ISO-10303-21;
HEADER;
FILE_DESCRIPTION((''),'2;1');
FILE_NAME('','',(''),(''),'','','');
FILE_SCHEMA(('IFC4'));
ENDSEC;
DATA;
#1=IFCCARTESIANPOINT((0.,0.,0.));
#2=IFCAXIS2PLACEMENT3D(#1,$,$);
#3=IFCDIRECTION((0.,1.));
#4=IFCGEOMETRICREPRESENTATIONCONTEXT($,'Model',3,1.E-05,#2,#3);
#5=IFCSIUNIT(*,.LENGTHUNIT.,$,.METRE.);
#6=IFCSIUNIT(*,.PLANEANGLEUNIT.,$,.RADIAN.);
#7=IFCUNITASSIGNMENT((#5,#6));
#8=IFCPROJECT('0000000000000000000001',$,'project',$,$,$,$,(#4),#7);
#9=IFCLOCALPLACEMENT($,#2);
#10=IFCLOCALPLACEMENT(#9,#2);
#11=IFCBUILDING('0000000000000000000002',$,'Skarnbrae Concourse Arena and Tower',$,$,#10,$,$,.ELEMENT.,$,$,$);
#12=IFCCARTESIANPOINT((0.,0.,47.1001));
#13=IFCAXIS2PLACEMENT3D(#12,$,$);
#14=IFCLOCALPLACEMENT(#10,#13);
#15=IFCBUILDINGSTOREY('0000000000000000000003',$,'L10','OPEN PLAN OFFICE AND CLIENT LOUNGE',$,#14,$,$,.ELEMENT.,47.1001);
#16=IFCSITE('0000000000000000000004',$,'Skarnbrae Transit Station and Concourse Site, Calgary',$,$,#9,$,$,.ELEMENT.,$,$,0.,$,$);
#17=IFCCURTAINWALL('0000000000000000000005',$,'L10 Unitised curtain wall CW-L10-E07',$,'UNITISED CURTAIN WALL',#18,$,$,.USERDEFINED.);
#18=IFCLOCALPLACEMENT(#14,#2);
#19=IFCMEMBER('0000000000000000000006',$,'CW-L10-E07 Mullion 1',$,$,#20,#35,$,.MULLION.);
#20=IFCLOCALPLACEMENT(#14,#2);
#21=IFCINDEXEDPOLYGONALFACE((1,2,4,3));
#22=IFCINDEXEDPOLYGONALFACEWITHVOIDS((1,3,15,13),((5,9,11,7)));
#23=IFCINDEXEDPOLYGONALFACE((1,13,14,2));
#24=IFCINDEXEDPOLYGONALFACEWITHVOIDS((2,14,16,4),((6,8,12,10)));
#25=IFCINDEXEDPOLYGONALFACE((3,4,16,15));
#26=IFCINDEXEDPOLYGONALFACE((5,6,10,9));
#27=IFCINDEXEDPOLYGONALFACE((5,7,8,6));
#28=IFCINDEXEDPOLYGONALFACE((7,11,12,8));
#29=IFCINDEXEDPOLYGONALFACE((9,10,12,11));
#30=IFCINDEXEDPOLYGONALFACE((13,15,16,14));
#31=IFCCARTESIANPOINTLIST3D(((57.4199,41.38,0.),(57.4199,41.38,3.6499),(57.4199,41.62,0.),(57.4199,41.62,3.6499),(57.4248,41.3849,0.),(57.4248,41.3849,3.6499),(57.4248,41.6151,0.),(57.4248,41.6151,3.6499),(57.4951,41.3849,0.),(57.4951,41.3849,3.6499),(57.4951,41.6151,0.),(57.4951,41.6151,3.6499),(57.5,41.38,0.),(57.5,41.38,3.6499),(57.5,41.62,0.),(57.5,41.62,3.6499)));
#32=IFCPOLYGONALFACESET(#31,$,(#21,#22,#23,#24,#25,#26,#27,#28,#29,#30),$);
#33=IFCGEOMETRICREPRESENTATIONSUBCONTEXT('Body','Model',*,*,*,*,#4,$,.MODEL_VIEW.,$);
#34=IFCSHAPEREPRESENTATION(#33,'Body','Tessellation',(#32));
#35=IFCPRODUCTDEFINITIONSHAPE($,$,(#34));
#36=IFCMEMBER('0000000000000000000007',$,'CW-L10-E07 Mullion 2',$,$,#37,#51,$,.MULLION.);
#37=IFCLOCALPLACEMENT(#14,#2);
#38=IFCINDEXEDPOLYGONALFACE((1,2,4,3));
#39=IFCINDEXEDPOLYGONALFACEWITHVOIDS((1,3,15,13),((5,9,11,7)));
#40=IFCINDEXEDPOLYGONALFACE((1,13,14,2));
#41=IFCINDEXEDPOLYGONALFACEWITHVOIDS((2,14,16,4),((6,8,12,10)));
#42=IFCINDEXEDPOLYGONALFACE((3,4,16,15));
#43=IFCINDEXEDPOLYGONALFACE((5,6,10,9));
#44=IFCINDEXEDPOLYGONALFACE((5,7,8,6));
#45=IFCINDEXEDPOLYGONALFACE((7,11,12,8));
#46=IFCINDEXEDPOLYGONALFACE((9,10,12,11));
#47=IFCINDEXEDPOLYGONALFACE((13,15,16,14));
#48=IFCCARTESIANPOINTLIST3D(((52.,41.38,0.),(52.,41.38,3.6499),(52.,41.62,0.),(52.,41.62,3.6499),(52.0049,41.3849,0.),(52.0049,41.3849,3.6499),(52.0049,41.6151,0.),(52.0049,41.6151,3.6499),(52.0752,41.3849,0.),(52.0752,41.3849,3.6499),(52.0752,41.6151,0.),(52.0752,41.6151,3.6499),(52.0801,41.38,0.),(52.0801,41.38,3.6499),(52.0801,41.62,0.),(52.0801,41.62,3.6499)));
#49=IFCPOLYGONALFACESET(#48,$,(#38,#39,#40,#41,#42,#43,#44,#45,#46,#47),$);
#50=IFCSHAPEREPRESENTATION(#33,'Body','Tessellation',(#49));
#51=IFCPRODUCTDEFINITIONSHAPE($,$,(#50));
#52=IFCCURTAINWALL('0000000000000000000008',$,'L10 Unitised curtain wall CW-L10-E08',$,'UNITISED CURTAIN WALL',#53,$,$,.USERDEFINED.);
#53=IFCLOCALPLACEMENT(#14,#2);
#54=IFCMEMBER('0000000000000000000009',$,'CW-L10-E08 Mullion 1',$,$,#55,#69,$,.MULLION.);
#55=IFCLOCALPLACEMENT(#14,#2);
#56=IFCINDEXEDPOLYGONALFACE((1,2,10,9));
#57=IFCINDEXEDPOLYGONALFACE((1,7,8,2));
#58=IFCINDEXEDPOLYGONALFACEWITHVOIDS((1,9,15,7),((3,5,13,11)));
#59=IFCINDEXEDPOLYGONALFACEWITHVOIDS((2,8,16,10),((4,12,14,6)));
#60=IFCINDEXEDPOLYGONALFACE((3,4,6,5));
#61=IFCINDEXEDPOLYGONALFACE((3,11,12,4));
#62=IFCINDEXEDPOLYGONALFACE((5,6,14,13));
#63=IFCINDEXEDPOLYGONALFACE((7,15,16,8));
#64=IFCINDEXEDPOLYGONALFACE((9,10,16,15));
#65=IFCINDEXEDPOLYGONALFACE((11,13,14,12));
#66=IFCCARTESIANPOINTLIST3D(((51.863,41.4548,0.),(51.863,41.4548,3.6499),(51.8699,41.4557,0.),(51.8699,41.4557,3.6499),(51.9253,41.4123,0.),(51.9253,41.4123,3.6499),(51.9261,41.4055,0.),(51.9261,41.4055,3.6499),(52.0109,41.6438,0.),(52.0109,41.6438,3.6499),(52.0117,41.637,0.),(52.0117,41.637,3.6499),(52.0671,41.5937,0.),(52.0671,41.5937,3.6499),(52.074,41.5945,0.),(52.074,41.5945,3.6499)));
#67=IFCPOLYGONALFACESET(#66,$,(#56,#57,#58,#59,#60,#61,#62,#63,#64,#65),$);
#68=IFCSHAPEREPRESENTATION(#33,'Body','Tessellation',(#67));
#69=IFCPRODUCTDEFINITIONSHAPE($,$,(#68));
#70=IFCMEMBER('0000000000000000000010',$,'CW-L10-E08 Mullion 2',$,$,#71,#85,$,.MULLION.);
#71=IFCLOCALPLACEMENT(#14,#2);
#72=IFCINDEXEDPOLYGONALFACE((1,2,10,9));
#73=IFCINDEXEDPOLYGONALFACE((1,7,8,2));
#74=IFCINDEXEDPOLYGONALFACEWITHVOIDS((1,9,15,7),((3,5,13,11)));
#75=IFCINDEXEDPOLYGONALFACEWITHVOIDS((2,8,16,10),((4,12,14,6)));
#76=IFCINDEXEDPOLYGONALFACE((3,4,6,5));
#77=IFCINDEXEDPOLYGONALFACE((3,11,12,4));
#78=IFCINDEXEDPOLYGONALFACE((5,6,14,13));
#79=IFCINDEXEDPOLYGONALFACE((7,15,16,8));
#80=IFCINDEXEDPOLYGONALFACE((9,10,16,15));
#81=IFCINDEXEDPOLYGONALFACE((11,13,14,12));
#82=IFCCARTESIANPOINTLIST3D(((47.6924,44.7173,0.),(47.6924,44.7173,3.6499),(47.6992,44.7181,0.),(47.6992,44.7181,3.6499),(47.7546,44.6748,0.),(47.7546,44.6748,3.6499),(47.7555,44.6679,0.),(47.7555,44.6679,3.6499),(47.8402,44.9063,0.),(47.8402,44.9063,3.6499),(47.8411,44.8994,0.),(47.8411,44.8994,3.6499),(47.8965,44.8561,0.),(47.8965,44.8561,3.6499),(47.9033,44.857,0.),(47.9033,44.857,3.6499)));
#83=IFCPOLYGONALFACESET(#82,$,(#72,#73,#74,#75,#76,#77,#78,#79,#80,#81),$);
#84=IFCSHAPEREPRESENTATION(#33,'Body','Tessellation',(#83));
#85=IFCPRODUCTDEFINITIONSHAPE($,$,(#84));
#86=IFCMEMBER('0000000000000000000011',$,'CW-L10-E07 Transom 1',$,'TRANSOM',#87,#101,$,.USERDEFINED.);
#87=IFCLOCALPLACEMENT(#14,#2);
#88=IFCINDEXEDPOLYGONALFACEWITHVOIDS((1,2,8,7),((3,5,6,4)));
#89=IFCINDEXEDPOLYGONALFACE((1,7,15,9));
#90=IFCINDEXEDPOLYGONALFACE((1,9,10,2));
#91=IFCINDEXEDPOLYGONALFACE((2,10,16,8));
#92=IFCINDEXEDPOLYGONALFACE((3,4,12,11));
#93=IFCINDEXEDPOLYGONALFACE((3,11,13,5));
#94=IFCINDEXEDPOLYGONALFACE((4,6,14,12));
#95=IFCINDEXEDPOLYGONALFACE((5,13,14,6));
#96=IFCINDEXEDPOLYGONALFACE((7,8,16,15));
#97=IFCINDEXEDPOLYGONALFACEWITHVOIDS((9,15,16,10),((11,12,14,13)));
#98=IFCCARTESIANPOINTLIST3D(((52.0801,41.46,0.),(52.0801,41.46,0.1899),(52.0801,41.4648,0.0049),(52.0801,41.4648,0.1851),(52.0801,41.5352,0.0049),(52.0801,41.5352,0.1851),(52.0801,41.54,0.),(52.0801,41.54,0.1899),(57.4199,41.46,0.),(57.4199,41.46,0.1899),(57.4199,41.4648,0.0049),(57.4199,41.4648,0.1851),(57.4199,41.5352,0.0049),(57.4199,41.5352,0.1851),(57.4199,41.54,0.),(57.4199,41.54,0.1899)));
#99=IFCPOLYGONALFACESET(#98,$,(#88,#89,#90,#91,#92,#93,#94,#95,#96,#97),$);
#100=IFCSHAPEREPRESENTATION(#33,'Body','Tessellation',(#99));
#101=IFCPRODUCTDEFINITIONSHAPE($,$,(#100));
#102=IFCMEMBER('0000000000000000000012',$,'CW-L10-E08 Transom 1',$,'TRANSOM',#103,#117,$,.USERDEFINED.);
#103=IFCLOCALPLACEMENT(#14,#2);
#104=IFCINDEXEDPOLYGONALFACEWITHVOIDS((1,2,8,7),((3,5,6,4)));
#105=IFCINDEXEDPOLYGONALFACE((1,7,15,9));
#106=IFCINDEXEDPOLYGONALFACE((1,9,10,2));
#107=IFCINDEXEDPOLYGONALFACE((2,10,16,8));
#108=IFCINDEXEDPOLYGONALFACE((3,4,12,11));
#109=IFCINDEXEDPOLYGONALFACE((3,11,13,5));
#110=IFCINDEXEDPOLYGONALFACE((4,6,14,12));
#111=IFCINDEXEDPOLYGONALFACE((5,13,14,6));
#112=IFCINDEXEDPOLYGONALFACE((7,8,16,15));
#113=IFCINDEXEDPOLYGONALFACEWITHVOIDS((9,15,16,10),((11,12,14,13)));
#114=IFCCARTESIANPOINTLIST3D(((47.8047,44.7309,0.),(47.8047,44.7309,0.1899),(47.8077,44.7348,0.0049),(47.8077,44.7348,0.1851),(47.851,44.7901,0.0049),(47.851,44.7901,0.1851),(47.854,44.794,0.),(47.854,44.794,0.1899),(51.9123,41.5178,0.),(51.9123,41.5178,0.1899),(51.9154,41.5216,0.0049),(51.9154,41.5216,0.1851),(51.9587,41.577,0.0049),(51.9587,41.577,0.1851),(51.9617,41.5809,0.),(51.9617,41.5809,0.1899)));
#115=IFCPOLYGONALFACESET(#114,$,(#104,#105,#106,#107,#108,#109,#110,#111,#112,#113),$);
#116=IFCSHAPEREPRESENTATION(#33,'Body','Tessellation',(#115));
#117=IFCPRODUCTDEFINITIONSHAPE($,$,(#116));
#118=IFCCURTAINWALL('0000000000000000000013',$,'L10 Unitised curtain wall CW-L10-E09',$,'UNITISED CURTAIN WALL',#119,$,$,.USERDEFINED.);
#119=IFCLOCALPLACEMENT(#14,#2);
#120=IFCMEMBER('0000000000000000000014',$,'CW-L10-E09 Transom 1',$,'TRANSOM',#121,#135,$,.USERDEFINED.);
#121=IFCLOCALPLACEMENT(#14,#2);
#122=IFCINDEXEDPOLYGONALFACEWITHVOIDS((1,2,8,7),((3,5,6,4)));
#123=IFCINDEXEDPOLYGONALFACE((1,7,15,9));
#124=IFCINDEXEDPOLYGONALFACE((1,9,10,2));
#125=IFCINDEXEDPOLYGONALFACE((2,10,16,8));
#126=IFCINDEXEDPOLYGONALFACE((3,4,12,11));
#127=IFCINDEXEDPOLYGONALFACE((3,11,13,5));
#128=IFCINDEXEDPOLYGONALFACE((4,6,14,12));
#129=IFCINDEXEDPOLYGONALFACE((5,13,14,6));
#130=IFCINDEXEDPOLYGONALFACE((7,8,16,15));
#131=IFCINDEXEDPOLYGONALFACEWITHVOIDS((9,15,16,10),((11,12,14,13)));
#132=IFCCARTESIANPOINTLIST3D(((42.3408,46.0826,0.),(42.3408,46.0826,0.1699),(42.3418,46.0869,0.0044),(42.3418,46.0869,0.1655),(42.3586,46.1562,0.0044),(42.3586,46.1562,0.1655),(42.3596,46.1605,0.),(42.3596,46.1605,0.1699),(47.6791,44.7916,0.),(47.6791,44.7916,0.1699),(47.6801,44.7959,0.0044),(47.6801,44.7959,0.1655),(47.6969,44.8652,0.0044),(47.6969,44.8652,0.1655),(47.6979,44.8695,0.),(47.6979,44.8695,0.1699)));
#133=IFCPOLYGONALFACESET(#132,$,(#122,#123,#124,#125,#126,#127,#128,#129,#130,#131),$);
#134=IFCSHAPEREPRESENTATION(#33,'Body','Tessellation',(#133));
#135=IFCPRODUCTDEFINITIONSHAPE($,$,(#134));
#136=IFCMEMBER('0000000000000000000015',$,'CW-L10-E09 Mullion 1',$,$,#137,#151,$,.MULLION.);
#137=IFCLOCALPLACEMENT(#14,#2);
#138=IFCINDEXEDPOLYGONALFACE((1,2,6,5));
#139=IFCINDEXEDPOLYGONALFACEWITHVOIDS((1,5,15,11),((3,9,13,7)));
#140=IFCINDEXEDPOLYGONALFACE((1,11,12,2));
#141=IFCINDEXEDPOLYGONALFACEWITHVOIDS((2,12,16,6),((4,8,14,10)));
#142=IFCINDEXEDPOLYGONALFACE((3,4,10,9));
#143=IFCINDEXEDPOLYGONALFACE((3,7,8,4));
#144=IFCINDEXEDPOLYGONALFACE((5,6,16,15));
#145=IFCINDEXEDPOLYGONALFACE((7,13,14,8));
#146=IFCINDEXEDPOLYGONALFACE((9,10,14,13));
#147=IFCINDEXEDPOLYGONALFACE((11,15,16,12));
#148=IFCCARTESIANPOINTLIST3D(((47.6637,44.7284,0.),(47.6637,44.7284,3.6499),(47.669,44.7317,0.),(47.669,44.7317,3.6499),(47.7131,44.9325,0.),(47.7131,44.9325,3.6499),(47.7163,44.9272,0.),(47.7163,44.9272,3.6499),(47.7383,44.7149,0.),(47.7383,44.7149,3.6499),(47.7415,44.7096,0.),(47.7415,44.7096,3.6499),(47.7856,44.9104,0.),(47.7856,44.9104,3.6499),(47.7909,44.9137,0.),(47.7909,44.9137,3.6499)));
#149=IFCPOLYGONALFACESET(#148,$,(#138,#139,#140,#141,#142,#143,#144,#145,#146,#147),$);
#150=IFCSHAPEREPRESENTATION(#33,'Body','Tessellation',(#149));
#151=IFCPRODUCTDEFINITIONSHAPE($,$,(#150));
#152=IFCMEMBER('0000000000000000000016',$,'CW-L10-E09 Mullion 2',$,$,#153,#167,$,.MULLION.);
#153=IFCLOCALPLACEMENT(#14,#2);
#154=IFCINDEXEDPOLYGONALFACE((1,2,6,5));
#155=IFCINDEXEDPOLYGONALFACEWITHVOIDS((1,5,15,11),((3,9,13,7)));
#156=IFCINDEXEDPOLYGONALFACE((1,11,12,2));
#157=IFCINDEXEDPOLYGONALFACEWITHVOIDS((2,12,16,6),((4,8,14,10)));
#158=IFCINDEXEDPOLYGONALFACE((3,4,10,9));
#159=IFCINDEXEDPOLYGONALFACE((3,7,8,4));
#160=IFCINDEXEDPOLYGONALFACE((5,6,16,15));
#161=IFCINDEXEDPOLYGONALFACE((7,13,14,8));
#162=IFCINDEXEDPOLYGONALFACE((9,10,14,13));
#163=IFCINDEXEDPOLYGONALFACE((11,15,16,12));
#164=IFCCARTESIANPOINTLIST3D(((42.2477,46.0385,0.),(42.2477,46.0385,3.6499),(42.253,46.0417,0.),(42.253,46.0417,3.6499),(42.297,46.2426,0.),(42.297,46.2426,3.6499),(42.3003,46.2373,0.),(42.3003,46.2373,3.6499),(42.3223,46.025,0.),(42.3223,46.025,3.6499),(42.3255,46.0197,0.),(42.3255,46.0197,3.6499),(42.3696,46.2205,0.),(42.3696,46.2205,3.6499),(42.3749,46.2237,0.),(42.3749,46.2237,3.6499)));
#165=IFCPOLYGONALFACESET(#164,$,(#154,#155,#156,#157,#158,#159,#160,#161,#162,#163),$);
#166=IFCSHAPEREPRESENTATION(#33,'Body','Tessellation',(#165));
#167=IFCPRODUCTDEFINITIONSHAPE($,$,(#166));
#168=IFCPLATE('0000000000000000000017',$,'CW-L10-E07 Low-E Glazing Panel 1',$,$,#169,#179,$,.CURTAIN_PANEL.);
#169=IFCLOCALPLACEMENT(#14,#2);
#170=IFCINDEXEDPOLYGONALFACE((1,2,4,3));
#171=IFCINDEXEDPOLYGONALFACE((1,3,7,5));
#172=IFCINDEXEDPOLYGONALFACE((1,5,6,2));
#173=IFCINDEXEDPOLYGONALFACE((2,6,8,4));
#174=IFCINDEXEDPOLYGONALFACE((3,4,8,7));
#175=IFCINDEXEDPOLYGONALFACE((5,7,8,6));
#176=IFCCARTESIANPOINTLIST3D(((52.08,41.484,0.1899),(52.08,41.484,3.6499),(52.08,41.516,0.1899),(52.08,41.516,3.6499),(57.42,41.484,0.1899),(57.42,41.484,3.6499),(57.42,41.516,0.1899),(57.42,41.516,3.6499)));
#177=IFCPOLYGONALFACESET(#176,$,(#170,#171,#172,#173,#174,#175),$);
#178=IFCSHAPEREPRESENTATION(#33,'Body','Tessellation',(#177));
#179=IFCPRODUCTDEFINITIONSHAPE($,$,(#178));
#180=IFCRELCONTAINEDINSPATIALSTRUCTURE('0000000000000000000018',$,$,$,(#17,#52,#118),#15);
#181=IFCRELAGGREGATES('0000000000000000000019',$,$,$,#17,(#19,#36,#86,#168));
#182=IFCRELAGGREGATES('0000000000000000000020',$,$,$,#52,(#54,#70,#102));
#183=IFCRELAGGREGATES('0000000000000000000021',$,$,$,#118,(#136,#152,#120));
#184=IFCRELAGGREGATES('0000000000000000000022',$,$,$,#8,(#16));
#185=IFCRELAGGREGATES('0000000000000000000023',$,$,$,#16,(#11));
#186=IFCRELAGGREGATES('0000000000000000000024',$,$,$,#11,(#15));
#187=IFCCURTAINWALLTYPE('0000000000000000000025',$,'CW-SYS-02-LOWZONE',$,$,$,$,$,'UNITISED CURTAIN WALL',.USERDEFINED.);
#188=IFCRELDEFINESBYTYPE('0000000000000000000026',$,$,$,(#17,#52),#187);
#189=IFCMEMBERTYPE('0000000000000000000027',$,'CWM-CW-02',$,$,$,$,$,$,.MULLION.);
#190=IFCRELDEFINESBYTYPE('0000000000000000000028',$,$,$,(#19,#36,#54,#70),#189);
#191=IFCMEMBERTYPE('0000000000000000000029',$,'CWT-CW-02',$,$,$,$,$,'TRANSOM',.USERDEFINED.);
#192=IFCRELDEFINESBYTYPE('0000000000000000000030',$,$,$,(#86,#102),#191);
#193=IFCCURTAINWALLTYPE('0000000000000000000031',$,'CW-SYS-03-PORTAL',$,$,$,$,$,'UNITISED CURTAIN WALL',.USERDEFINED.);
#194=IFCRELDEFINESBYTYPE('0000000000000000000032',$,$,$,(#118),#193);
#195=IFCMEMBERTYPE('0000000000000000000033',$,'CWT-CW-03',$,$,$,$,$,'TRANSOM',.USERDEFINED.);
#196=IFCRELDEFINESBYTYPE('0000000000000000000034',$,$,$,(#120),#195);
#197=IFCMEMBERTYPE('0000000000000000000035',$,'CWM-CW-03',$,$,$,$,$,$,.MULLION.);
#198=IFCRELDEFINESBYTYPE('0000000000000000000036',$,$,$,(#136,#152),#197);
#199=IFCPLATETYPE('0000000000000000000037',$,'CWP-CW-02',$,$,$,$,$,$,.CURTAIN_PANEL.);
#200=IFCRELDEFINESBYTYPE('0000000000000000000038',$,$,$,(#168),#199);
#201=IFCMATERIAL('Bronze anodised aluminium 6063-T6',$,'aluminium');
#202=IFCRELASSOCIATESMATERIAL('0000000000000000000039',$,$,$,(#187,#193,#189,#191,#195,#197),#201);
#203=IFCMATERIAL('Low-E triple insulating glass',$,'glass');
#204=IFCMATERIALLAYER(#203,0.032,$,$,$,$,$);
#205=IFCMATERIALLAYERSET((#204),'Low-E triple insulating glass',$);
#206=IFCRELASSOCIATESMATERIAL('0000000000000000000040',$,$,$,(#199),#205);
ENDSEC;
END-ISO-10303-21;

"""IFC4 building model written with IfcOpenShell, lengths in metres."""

from ifc_helpers import new_model, si_unit, direction, frame, origin, origin_2d, place, context, subcontext, project, spatial, rectangle, hollow_rectangle, extrude, source, transform, mapped, material, layer, layer_set, material_profile, profile_set, type_object, element, aggregate, save


model = new_model("IFC4")

# Units and contexts
model_context = context("Model", 3, precision=1e-05, world=origin(), true_north=direction((0.0, 1.0)))
body_context = subcontext(model_context, "Body", "Model", "MODEL_VIEW")
ifc_project = project(units=[si_unit("LENGTHUNIT", "METRE"), si_unit("PLANEANGLEUNIT", "RADIAN")], contexts=[model_context])

# Site, building, storey
site_placement = place(None, origin())
site = spatial("IfcSite", under=ifc_project, at=site_placement, Name="Skarnbrae Transit Station and Concourse Site, Calgary", CompositionType="ELEMENT", RefElevation=0.0)
building_placement = place(site_placement, origin())
building = spatial("IfcBuilding", under=site, at=building_placement, Name="Skarnbrae Concourse Arena and Tower", CompositionType="ELEMENT")
storey_placement = place(building_placement, frame((0.0, 0.0, 47.1001)))
storey = spatial("IfcBuildingStorey", under=building, at=storey_placement, Name="L10", Description="OPEN PLAN OFFICE AND CLIENT LOUNGE", CompositionType="ELEMENT", Elevation=47.1001)

# Shared definitions
ifc_material_1 = material(Name="Bronze anodised aluminium 6063-T6", Category="aluminium")
curtain_wall_type_1 = type_object("IfcCurtainWallType", Name="CW-SYS-02-LOWZONE", ElementType="UNITISED CURTAIN WALL", PredefinedType="USERDEFINED", material=ifc_material_1)
ifc_material_profile_1 = material_profile(ifc_material_1, hollow_rectangle(XDim=0.0801, YDim=0.24, WallThickness=0.0049, at=origin_2d()), Name="ALU-MULL-80X240")
ifc_profile_set_1 = profile_set([ifc_material_profile_1], Name="Bronze anodised aluminium 6063-T6")
member_type_1 = type_object("IfcMemberType", Name="CWM-CW-02", PredefinedType="MULLION", material=ifc_profile_set_1)
shared_shape_1 = source(origin(), body_context, "Body", "SweptSolid", [
    extrude(hollow_rectangle(XDim=0.0801, YDim=0.24, WallThickness=0.0049, at=origin_2d()), origin(), (0.0, 0.0, 1.0), 3.6499),
])

# Curtain walls, members
curtain_wall_1_placement = place(storey_placement, origin())
curtain_wall_1 = element("IfcCurtainWall", 1, at=curtain_wall_1_placement, inside=storey, type_object=curtain_wall_type_1, Name="L10 Unitised curtain wall CW-L10-E07", ObjectType="UNITISED CURTAIN WALL", PredefinedType="USERDEFINED")
member_1_placement = place(storey_placement, frame((57.46, 41.5, 0.0), z_axis=(0.0, 0.0, 1.0), x_axis=(-1.0, 0.0, 0.0)))
member_1 = element("IfcMember", 2, at=member_1_placement, type_object=member_type_1, Name="CW-L10-E07 Mullion 1", PredefinedType="MULLION", context=body_context, shape_type="MappedRepresentation", body=[
    mapped(shared_shape_1, transform((0.0, 0.0, 0.0))),
])
member_2_placement = place(storey_placement, frame((52.04, 41.5, 0.0), z_axis=(0.0, 0.0, 1.0), x_axis=(-1.0, 0.0, 0.0)))
member_2 = element("IfcMember", 3, at=member_2_placement, type_object=member_type_1, Name="CW-L10-E07 Mullion 2", PredefinedType="MULLION", context=body_context, shape_type="MappedRepresentation", body=[
    mapped(shared_shape_1, transform((0.0, 0.0, 0.0))),
])
curtain_wall_2_placement = place(storey_placement, origin())
curtain_wall_2 = element("IfcCurtainWall", 4, at=curtain_wall_2_placement, inside=storey, type_object=curtain_wall_type_1, Name="L10 Unitised curtain wall CW-L10-E08", ObjectType="UNITISED CURTAIN WALL", PredefinedType="USERDEFINED")
member_3_placement = place(storey_placement, frame((51.9685, 41.5247, 0.0), z_axis=(0.0, 0.0, 1.0), x_axis=(-0.787652, 0.616121, 0.0)))
member_3 = element("IfcMember", 5, at=member_3_placement, type_object=member_type_1, Name="CW-L10-E08 Mullion 1", PredefinedType="MULLION", context=body_context, shape_type="MappedRepresentation", body=[
    mapped(shared_shape_1, transform((0.0, 0.0, 0.0))),
])
member_4_placement = place(storey_placement, frame((47.7979, 44.7871, 0.0), z_axis=(0.0, 0.0, 1.0), x_axis=(-0.787652, 0.616121, 0.0)))
member_4 = element("IfcMember", 6, at=member_4_placement, type_object=member_type_1, Name="CW-L10-E08 Mullion 2", PredefinedType="MULLION", context=body_context, shape_type="MappedRepresentation", body=[
    mapped(shared_shape_1, transform((0.0, 0.0, 0.0))),
])

# Members
ifc_material_profile_2 = material_profile(ifc_material_1, hollow_rectangle(XDim=0.0801, YDim=0.1899, WallThickness=0.0049, at=origin_2d()), Name="ALU-TRAN-80X190")
ifc_profile_set_2 = profile_set([ifc_material_profile_2], Name="Bronze anodised aluminium 6063-T6")
member_type_2 = type_object("IfcMemberType", Name="CWT-CW-02", ElementType="TRANSOM", PredefinedType="USERDEFINED", material=ifc_profile_set_2)
shared_shape_2 = source(origin(), body_context, "Body", "SweptSolid", [
    extrude(hollow_rectangle(XDim=0.0801, YDim=0.1899, WallThickness=0.0049, at=origin_2d()), origin(), (0.0, 0.0, 1.0), 5.3398),
])
member_5_placement = place(storey_placement, frame((57.4199, 41.5, 0.095), z_axis=(-1.0, 0.0, 0.0), x_axis=(0.0, -1.0, 0.0)))
member_5 = element("IfcMember", 7, at=member_5_placement, type_object=member_type_2, Name="CW-L10-E07 Transom 1", ObjectType="TRANSOM", PredefinedType="USERDEFINED", context=body_context, shape_type="MappedRepresentation", body=[
    mapped(shared_shape_2, transform((0.0, 0.0, 0.0))),
])
shared_shape_3 = source(origin(), body_context, "Body", "SweptSolid", [
    extrude(hollow_rectangle(XDim=0.0801, YDim=0.1899, WallThickness=0.0049, at=origin_2d()), origin(), (0.0, 0.0, 1.0), 5.2151),
])
member_6_placement = place(storey_placement, frame((51.937, 41.5493, 0.095), z_axis=(-0.78765, 0.616123, 0.0), x_axis=(-0.616123, -0.78765, 0.0)))
member_6 = element("IfcMember", 8, at=member_6_placement, type_object=member_type_2, Name="CW-L10-E08 Transom 1", ObjectType="TRANSOM", PredefinedType="USERDEFINED", context=body_context, shape_type="MappedRepresentation", body=[
    mapped(shared_shape_3, transform((0.0, 0.0, 0.0))),
])

# Curtain wall, members
curtain_wall_type_2 = type_object("IfcCurtainWallType", Name="CW-SYS-03-PORTAL", ElementType="UNITISED CURTAIN WALL", PredefinedType="USERDEFINED", material=ifc_material_1)
curtain_wall_3_placement = place(storey_placement, origin())
curtain_wall_3 = element("IfcCurtainWall", 9, at=curtain_wall_3_placement, inside=storey, type_object=curtain_wall_type_2, Name="L10 Unitised curtain wall CW-L10-E09", ObjectType="UNITISED CURTAIN WALL", PredefinedType="USERDEFINED")
ifc_material_profile_3 = material_profile(ifc_material_1, hollow_rectangle(XDim=0.0801, YDim=0.1699, WallThickness=0.0044, at=origin_2d()), Name="ALU-TRAN-80X170")
ifc_profile_set_3 = profile_set([ifc_material_profile_3], Name="Bronze anodised aluminium 6063-T6")
member_type_3 = type_object("IfcMemberType", Name="CWT-CW-03", ElementType="TRANSOM", PredefinedType="USERDEFINED", material=ifc_profile_set_3)
shared_shape_4 = source(origin(), body_context, "Body", "SweptSolid", [
    extrude(hollow_rectangle(XDim=0.0801, YDim=0.1699, WallThickness=0.0044, at=origin_2d()), origin(), (0.0, 0.0, 1.0), 5.4922),
])
member_7_placement = place(storey_placement, frame((47.6885, 44.8306, 0.085), z_axis=(-0.971981, 0.235061, 0.0), x_axis=(-0.235061, -0.971981, 0.0)))
member_7 = element("IfcMember", 10, at=member_7_placement, type_object=member_type_3, Name="CW-L10-E09 Transom 1", ObjectType="TRANSOM", PredefinedType="USERDEFINED", context=body_context, shape_type="MappedRepresentation", body=[
    mapped(shared_shape_4, transform((0.0, 0.0, 0.0))),
])
ifc_material_profile_4 = material_profile(ifc_material_1, hollow_rectangle(XDim=0.0801, YDim=0.21, WallThickness=0.0044, at=origin_2d()), Name="ALU-MULL-80X210")
ifc_profile_set_4 = profile_set([ifc_material_profile_4], Name="Bronze anodised aluminium 6063-T6")
member_type_4 = type_object("IfcMemberType", Name="CWM-CW-03", PredefinedType="MULLION", material=ifc_profile_set_4)
shared_shape_5 = source(origin(), body_context, "Body", "SweptSolid", [
    extrude(hollow_rectangle(XDim=0.0801, YDim=0.21, WallThickness=0.0044, at=origin_2d()), origin(), (0.0, 0.0, 1.0), 3.6499),
])
member_8_placement = place(storey_placement, frame((47.7273, 44.821, 0.0), z_axis=(0.0, 0.0, 1.0), x_axis=(-0.971974, 0.23509, 0.0)))
member_8 = element("IfcMember", 11, at=member_8_placement, type_object=member_type_4, Name="CW-L10-E09 Mullion 1", PredefinedType="MULLION", context=body_context, shape_type="MappedRepresentation", body=[
    mapped(shared_shape_5, transform((0.0, 0.0, 0.0))),
])
member_9_placement = place(storey_placement, frame((42.3113, 46.1311, 0.0), z_axis=(0.0, 0.0, 1.0), x_axis=(-0.971974, 0.23509, 0.0)))
member_9 = element("IfcMember", 12, at=member_9_placement, type_object=member_type_4, Name="CW-L10-E09 Mullion 2", PredefinedType="MULLION", context=body_context, shape_type="MappedRepresentation", body=[
    mapped(shared_shape_5, transform((0.0, 0.0, 0.0))),
])

# Plate
ifc_material_2 = material(Name="Low-E triple insulating glass", Category="glass")
ifc_layer_1 = layer(ifc_material_2, 0.032)
ifc_layer_set_1 = layer_set([ifc_layer_1], Name="Low-E triple insulating glass")
plate_type_1 = type_object("IfcPlateType", Name="CWP-CW-02", PredefinedType="CURTAIN_PANEL", material=ifc_layer_set_1)
shared_shape_6 = source(origin(), body_context, "Body", "SweptSolid", [
    extrude(rectangle(XDim=5.3401, YDim=0.032, at=origin_2d()), origin(), (0.0, 0.0, 1.0), 3.46),
])
plate_1_placement = place(storey_placement, frame((54.75, 41.5, 0.1899), z_axis=(0.0, 0.0, 1.0), x_axis=(-1.0, 0.0, 0.0)))
plate_1 = element("IfcPlate", 13, at=plate_1_placement, type_object=plate_type_1, Name="CW-L10-E07 Low-E Glazing Panel 1", PredefinedType="CURTAIN_PANEL", context=body_context, shape_type="MappedRepresentation", body=[
    mapped(shared_shape_6, transform((0.0, 0.0, 0.0))),
])
aggregate(curtain_wall_1, [member_1, member_2, member_5, plate_1])
aggregate(curtain_wall_2, [member_3, member_4, member_6])
aggregate(curtain_wall_3, [member_8, member_9, member_7])

save(model, "model.ifc")
